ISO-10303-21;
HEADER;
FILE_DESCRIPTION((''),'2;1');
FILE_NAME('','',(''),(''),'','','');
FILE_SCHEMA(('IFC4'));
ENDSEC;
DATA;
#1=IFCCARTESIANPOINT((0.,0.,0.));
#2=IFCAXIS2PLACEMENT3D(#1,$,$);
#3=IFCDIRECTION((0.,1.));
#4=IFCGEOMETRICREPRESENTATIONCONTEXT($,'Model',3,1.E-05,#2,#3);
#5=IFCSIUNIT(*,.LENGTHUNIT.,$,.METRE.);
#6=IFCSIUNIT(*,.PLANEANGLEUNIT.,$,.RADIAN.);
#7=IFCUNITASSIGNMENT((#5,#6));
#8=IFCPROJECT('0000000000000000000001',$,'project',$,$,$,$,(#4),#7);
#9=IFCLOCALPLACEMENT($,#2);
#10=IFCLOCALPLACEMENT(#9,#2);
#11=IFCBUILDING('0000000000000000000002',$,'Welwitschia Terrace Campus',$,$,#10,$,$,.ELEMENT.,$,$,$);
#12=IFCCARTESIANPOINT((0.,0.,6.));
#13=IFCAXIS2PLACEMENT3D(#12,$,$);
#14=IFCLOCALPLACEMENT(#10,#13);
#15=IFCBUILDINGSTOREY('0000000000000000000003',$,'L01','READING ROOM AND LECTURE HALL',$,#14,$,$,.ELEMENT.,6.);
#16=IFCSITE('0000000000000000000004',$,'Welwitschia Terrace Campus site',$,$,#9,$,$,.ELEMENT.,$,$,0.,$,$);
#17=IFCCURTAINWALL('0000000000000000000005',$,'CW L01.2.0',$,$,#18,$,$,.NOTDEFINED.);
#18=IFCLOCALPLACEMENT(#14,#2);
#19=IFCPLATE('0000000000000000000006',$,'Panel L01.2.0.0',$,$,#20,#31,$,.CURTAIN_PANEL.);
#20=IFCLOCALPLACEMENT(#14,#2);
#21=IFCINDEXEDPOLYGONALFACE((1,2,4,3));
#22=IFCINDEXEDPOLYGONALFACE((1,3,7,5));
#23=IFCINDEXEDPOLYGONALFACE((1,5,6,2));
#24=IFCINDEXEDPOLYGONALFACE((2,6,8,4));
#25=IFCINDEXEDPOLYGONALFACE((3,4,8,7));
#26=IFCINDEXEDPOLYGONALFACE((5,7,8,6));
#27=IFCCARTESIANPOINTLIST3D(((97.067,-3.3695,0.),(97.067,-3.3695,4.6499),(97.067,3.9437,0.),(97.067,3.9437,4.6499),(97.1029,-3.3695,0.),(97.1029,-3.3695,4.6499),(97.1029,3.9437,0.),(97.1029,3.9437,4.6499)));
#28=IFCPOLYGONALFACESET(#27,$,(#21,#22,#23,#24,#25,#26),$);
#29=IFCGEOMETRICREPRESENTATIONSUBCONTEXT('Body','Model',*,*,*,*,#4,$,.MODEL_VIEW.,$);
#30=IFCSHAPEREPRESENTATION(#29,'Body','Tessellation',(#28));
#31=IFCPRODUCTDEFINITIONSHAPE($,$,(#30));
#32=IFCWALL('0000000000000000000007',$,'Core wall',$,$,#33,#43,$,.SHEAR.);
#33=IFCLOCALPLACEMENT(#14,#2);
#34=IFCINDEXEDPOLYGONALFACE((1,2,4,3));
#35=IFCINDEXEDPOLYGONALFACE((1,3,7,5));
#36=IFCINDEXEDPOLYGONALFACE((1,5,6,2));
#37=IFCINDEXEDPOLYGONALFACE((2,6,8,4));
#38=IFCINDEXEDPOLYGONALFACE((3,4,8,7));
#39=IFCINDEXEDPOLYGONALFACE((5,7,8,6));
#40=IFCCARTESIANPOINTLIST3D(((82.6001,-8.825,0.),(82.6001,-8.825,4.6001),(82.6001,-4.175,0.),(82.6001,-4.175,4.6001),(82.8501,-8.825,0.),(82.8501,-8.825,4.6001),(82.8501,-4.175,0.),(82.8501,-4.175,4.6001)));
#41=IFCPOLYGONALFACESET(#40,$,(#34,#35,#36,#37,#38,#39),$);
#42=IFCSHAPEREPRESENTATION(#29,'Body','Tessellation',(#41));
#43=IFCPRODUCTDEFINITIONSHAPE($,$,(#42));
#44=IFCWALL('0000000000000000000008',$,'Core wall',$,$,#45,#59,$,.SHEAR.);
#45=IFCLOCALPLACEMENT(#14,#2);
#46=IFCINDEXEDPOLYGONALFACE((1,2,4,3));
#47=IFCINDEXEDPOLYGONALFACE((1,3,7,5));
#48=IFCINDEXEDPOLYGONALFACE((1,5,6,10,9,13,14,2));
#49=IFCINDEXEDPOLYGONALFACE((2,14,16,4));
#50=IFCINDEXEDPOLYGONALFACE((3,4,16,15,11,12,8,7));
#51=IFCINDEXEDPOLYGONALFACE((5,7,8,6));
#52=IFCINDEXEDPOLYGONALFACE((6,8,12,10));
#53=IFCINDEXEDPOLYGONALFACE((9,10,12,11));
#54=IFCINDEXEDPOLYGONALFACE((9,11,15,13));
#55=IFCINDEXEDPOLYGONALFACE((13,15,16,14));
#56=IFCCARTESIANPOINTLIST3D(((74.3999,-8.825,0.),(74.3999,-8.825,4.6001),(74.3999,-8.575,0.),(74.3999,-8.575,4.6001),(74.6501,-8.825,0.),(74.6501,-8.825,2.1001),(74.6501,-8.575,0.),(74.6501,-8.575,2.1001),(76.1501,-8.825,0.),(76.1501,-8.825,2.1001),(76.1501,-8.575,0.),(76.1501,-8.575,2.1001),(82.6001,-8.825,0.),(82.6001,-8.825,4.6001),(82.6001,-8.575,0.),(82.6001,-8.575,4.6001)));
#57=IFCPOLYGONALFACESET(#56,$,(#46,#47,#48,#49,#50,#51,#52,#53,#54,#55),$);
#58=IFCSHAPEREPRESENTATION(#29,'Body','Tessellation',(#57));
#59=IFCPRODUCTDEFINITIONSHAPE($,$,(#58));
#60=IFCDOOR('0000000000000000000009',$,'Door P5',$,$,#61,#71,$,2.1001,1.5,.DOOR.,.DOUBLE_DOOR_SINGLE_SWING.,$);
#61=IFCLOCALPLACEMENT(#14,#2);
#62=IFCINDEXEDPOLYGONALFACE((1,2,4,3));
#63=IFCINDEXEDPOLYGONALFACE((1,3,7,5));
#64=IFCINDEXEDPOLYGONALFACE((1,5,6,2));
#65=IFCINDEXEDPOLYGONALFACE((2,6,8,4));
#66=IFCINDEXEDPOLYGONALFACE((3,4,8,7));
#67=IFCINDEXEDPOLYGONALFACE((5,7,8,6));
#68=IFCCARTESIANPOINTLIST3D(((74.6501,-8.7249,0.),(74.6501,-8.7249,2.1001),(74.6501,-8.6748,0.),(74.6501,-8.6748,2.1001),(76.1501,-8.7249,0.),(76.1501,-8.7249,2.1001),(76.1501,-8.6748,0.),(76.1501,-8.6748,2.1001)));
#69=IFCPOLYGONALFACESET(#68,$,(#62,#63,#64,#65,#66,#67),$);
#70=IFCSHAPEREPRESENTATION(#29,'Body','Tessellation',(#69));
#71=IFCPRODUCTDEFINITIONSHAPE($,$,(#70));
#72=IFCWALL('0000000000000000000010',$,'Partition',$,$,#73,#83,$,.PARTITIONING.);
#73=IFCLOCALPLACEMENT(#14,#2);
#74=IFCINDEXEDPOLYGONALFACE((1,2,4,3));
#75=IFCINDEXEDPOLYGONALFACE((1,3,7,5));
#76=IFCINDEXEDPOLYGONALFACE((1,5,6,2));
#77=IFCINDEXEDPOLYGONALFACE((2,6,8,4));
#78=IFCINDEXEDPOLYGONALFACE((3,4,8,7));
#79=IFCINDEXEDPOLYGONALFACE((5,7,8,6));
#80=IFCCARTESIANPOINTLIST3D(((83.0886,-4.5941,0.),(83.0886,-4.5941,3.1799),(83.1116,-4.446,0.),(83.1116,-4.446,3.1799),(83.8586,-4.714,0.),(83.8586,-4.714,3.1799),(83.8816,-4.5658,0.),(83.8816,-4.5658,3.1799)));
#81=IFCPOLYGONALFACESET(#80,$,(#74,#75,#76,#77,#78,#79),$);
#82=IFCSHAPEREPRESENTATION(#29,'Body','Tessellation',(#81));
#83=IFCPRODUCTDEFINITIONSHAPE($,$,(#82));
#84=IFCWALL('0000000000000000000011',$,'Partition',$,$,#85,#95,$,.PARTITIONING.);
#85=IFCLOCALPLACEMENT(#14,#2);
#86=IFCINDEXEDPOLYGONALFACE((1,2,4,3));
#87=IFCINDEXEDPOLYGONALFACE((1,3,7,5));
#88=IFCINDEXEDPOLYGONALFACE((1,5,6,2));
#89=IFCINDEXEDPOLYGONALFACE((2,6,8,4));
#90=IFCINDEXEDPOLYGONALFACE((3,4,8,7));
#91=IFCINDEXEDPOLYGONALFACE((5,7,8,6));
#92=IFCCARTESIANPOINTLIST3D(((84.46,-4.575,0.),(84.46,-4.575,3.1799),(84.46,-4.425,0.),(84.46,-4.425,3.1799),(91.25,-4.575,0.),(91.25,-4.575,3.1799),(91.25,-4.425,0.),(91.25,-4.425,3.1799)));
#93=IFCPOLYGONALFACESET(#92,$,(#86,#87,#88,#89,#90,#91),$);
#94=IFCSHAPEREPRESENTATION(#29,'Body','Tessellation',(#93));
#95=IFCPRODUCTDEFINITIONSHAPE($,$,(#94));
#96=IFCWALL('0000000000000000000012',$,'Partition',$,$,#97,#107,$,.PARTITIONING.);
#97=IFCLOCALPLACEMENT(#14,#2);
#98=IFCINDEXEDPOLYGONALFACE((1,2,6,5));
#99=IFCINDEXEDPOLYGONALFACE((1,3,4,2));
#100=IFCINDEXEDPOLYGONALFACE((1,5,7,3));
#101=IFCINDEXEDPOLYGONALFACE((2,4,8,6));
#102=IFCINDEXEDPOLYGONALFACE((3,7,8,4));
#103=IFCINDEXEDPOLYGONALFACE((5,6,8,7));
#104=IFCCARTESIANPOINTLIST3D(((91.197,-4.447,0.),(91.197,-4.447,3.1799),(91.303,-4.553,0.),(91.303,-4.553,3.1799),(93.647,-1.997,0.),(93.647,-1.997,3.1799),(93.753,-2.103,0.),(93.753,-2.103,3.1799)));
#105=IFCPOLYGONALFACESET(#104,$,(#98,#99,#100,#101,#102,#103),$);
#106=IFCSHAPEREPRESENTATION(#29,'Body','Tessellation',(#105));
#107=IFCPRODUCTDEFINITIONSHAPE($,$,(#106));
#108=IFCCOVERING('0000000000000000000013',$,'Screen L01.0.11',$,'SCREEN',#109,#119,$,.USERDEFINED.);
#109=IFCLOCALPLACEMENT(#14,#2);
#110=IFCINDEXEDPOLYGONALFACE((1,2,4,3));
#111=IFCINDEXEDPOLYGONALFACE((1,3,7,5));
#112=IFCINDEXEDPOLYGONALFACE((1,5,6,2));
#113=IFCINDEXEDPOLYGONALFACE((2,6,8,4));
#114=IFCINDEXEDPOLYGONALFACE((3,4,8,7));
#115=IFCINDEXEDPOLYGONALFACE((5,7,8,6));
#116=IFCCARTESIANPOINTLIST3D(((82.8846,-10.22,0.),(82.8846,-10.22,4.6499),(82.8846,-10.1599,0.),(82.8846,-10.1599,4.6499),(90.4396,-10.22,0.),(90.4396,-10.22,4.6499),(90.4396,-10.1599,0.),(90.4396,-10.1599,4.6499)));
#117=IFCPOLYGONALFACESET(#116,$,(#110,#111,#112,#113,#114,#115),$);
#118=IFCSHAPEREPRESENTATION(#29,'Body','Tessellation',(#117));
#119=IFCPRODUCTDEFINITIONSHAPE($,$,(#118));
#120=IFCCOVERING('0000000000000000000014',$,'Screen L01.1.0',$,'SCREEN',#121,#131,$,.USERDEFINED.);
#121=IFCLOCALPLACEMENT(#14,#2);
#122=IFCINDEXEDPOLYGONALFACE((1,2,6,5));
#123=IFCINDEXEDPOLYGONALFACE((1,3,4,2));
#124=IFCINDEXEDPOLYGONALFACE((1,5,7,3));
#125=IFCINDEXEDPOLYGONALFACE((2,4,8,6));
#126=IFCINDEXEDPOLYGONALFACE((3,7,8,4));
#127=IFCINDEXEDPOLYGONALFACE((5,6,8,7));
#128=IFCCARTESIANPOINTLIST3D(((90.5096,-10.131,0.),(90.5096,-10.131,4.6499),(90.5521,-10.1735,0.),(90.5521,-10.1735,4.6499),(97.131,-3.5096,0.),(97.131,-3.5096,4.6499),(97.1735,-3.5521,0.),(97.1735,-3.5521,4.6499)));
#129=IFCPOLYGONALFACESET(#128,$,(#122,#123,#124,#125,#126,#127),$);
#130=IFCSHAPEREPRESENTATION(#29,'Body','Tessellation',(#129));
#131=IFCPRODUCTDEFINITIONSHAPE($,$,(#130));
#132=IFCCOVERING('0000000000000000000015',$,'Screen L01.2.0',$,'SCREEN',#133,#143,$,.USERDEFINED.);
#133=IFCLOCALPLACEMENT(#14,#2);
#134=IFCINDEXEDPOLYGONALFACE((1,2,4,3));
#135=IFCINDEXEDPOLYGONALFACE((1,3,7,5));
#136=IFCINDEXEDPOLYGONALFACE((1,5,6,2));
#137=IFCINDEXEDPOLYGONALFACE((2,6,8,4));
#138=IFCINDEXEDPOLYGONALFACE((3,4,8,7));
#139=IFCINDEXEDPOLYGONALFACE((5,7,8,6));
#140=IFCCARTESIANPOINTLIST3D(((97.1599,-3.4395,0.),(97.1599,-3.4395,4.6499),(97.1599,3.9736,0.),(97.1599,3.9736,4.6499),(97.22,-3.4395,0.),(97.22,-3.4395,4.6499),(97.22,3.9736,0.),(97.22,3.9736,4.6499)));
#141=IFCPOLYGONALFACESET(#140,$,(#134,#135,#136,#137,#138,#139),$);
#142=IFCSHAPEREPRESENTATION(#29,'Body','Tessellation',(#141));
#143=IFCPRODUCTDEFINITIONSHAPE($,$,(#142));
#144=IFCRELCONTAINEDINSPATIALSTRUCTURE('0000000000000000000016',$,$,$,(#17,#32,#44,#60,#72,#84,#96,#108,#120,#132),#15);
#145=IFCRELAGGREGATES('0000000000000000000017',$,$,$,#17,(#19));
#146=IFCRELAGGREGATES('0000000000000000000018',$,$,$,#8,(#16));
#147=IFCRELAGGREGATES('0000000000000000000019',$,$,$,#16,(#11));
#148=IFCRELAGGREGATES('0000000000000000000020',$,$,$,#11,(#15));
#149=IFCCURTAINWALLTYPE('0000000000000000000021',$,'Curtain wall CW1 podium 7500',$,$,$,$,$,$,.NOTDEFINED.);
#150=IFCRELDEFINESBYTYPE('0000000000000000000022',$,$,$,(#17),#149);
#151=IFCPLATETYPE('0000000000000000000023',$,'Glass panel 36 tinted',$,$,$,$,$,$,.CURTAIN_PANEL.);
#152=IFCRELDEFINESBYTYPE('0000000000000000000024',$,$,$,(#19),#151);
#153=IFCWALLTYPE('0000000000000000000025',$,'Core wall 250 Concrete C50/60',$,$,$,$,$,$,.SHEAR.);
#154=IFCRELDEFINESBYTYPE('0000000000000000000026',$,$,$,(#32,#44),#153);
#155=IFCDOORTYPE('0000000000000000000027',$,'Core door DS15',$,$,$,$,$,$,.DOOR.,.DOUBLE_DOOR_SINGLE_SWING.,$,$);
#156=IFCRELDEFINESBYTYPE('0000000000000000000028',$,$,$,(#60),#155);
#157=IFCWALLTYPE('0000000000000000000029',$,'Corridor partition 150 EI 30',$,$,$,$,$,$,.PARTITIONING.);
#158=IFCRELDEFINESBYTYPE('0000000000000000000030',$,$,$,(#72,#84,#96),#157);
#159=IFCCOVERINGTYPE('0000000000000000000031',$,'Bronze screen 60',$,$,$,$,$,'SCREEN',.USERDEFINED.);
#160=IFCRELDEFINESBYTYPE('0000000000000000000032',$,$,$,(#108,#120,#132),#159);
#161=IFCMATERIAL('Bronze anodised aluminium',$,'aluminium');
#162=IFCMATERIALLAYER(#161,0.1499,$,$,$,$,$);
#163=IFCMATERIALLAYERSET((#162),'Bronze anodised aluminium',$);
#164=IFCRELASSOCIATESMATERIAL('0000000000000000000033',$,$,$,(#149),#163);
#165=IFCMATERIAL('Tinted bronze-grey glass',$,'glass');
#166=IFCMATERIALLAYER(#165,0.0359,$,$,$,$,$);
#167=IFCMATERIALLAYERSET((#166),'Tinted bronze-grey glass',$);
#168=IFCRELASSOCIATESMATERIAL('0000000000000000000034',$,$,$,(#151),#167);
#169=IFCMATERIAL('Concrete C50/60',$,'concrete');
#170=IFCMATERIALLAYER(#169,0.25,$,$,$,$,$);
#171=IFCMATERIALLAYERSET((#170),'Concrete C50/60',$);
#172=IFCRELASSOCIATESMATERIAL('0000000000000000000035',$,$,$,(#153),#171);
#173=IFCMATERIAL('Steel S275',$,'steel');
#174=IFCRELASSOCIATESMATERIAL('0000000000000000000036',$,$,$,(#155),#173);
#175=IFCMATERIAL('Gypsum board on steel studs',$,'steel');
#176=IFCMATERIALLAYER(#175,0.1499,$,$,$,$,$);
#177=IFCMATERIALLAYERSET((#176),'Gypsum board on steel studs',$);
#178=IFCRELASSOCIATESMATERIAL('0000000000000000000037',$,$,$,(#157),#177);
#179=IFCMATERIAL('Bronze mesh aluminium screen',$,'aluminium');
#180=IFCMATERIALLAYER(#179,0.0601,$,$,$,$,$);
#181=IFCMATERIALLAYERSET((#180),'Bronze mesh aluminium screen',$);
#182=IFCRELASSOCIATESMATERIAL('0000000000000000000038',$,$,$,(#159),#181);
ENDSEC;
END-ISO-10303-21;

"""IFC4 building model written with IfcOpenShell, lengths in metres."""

from ifc_helpers import new_model, si_unit, direction, frame, frame_2d, origin, origin_2d, place, context, subcontext, project, spatial, rectangle, extrude, material, layer, layer_set, type_object, element, fill, aggregate, save


model = new_model("IFC4")

# Units and contexts
model_context = context("Model", 3, precision=1e-05, world=origin(), true_north=direction((0.0, 1.0)))
body_context = subcontext(model_context, "Body", "Model", "MODEL_VIEW")
ifc_project = project(units=[si_unit("LENGTHUNIT", "METRE"), si_unit("PLANEANGLEUNIT", "RADIAN")], contexts=[model_context])

# Site, building, storey
site_placement = place(None, origin())
site = spatial("IfcSite", under=ifc_project, at=site_placement, Name="Welwitschia Terrace Campus site", CompositionType="ELEMENT", RefElevation=0.0)
building_placement = place(site_placement, origin())
building = spatial("IfcBuilding", under=site, at=building_placement, Name="Welwitschia Terrace Campus", CompositionType="ELEMENT")
storey_placement = place(building_placement, frame((0.0, 0.0, 6.0)))
storey = spatial("IfcBuildingStorey", under=building, at=storey_placement, Name="L01", Description="READING ROOM AND LECTURE HALL", CompositionType="ELEMENT", Elevation=6.0)

# Curtain wall
ifc_material_1 = material(Name="Bronze anodised aluminium", Category="aluminium")
ifc_layer_1 = layer(ifc_material_1, 0.1499)
ifc_layer_set_1 = layer_set([ifc_layer_1], Name="Bronze anodised aluminium")
curtain_wall_type = type_object("IfcCurtainWallType", Name="Curtain wall CW1 podium 7500", PredefinedType="NOTDEFINED", material=ifc_layer_set_1)
curtain_wall_1_placement = place(storey_placement, origin())
curtain_wall_1 = element("IfcCurtainWall", 1, at=curtain_wall_1_placement, inside=storey, type_object=curtain_wall_type, Name="CW L01.2.0", PredefinedType="NOTDEFINED")

# Plate
ifc_material_2 = material(Name="Tinted bronze-grey glass", Category="glass")
ifc_layer_2 = layer(ifc_material_2, 0.0359)
ifc_layer_set_2 = layer_set([ifc_layer_2], Name="Tinted bronze-grey glass")
plate_type = type_object("IfcPlateType", Name="Glass panel 36 tinted", PredefinedType="CURTAIN_PANEL", material=ifc_layer_set_2)
plate_1_placement = place(storey_placement, frame((97.085, 0.2871, 0.0), z_axis=(0.0, 0.0, 1.0), x_axis=(0.0, 1.0, 0.0)))
plate_1 = element("IfcPlate", 2, at=plate_1_placement, type_object=plate_type, Name="Panel L01.2.0.0", PredefinedType="CURTAIN_PANEL", context=body_context, shape_type="SweptSolid", body=[
    extrude(rectangle(XDim=7.3132, YDim=0.0359, at=origin_2d()), origin(), (0.0, 0.0, 1.0), 4.6499),
])
aggregate(curtain_wall_1, [plate_1])

# Wall
ifc_material_3 = material(Name="Concrete C50/60", Category="concrete")
ifc_layer_3 = layer(ifc_material_3, 0.25)
ifc_layer_set_3 = layer_set([ifc_layer_3], Name="Concrete C50/60")
wall_type_1 = type_object("IfcWallType", Name="Core wall 250 Concrete C50/60", PredefinedType="SHEAR", material=ifc_layer_set_3)
wall_1_placement = place(storey_placement, frame((82.7251, -8.825, 0.0), z_axis=(0.0, 0.0, 1.0), x_axis=(0.0, 1.0, 0.0)))
element("IfcWall", 3, at=wall_1_placement, inside=storey, type_object=wall_type_1, Name="Core wall", PredefinedType="SHEAR", context=body_context, shape_type="SweptSolid", body=[
    extrude(rectangle(XDim=4.6499, YDim=0.25, at=frame_2d((2.325, 0.0))), origin(), (0.0, 0.0, 1.0), 4.6001),
])

# Wall, opening, door
wall_2_placement = place(storey_placement, frame((82.6001, -8.7, 0.0), z_axis=(0.0, 0.0, 1.0), x_axis=(-1.0, 0.0, 0.0)))
wall_2 = element("IfcWall", 4, at=wall_2_placement, inside=storey, type_object=wall_type_1, Name="Core wall", PredefinedType="SHEAR", context=body_context, shape_type="SweptSolid", body=[
    extrude(rectangle(XDim=8.2002, YDim=0.25, at=frame_2d((4.1001, 0.0))), origin(), (0.0, 0.0, 1.0), 4.6001),
])
opening_placement = place(wall_2_placement, frame((6.45, 0.0, 0.0)))
opening = element("IfcOpeningElement", 5, at=opening_placement, cuts=wall_2, PredefinedType="OPENING", context=body_context, shape_type="SweptSolid", body=[
    extrude(rectangle(XDim=1.5, YDim=2.1001, at=frame_2d((0.75, 1.05))), frame((0.0, 0.135, 0.0), z_axis=(0.0, -1.0, 0.0), x_axis=(1.0, 0.0, 0.0)), (0.0, 0.0, 1.0), 0.27),
])
ifc_material_4 = material(Name="Steel S275", Category="steel")
door_type = type_object("IfcDoorType", Name="Core door DS15", OperationType="DOUBLE_DOOR_SINGLE_SWING", PredefinedType="DOOR", material=ifc_material_4)
door_placement = place(opening_placement, origin())
door = element("IfcDoor", 6, at=door_placement, inside=storey, type_object=door_type, Name="Door P5", OperationType="DOUBLE_DOOR_SINGLE_SWING", OverallHeight=2.1001, OverallWidth=1.5, PredefinedType="DOOR", context=body_context, shape_type="SweptSolid", body=[
    extrude(rectangle(XDim=1.5, YDim=2.1001, at=frame_2d((0.75, 1.05))), frame((0.0, 0.0249, 0.0), z_axis=(0.0, -1.0, 0.0), x_axis=(1.0, 0.0, 0.0)), (0.0, 0.0, 1.0), 0.05),
])
fill(opening, door)

# Walls
ifc_material_5 = material(Name="Gypsum board on steel studs", Category="steel")
ifc_layer_4 = layer(ifc_material_5, 0.1499)
ifc_layer_set_4 = layer_set([ifc_layer_4], Name="Gypsum board on steel studs")
wall_type_2 = type_object("IfcWallType", Name="Corridor partition 150 EI 30", PredefinedType="PARTITIONING", material=ifc_layer_set_4)
wall_3_placement = place(storey_placement, frame((83.1001, -4.52, 0.0), z_axis=(0.0, 0.0, 1.0), x_axis=(0.988098, -0.153823, 0.0)))
element("IfcWall", 7, at=wall_3_placement, inside=storey, type_object=wall_type_2, Name="Partition", PredefinedType="PARTITIONING", context=body_context, shape_type="SweptSolid", body=[
    extrude(rectangle(XDim=0.7793, YDim=0.1499, at=frame_2d((0.3896, 0.0))), origin(), (0.0, 0.0, 1.0), 3.1799),
])
wall_4_placement = place(storey_placement, frame((84.46, -4.5, 0.0), z_axis=(0.0, 0.0, 1.0), x_axis=(1.0, 0.0, 0.0)))
element("IfcWall", 8, at=wall_4_placement, inside=storey, type_object=wall_type_2, Name="Partition", PredefinedType="PARTITIONING", context=body_context, shape_type="SweptSolid", body=[
    extrude(rectangle(XDim=6.79, YDim=0.1499, at=frame_2d((3.395, 0.0))), origin(), (0.0, 0.0, 1.0), 3.1799),
])
wall_5_placement = place(storey_placement, frame((91.25, -4.5, 0.0), z_axis=(0.0, 0.0, 1.0), x_axis=(0.707107, 0.707107, 0.0)))
element("IfcWall", 9, at=wall_5_placement, inside=storey, type_object=wall_type_2, Name="Partition", PredefinedType="PARTITIONING", context=body_context, shape_type="SweptSolid", body=[
    extrude(rectangle(XDim=3.4648, YDim=0.1499, at=frame_2d((1.7324, 0.0))), origin(), (0.0, 0.0, 1.0), 3.1799),
])

# Coverings
ifc_material_6 = material(Name="Bronze mesh aluminium screen", Category="aluminium")
ifc_layer_5 = layer(ifc_material_6, 0.0601)
ifc_layer_set_5 = layer_set([ifc_layer_5], Name="Bronze mesh aluminium screen")
covering_type = type_object("IfcCoveringType", Name="Bronze screen 60", ElementType="SCREEN", PredefinedType="USERDEFINED", material=ifc_layer_set_5)
covering_1_placement = place(storey_placement, frame((86.6621, -10.1899, 0.0), z_axis=(0.0, 0.0, 1.0), x_axis=(1.0, 0.0, 0.0)))
element("IfcCovering", 10, at=covering_1_placement, inside=storey, type_object=covering_type, Name="Screen L01.0.11", ObjectType="SCREEN", PredefinedType="USERDEFINED", context=body_context, shape_type="SweptSolid", body=[
    extrude(rectangle(XDim=7.5549, YDim=0.0601, at=origin_2d()), origin(), (0.0, 0.0, 1.0), 4.6499),
])
covering_2_placement = place(storey_placement, frame((93.8416, -6.8416, 0.0), z_axis=(0.0, 0.0, 1.0), x_axis=(0.707107, 0.707107, 0.0)))
element("IfcCovering", 11, at=covering_2_placement, inside=storey, type_object=covering_type, Name="Screen L01.1.0", ObjectType="SCREEN", PredefinedType="USERDEFINED", context=body_context, shape_type="SweptSolid", body=[
    extrude(rectangle(XDim=9.364, YDim=0.0601, at=origin_2d()), origin(), (0.0, 0.0, 1.0), 4.6499),
])
covering_3_placement = place(storey_placement, frame((97.1899, 0.2671, 0.0), z_axis=(0.0, 0.0, 1.0), x_axis=(0.0, 1.0, 0.0)))
element("IfcCovering", 12, at=covering_3_placement, inside=storey, type_object=covering_type, Name="Screen L01.2.0", ObjectType="SCREEN", PredefinedType="USERDEFINED", context=body_context, shape_type="SweptSolid", body=[
    extrude(rectangle(XDim=7.4131, YDim=0.0601, at=origin_2d()), origin(), (0.0, 0.0, 1.0), 4.6499),
])

save(model, "model.ifc")
